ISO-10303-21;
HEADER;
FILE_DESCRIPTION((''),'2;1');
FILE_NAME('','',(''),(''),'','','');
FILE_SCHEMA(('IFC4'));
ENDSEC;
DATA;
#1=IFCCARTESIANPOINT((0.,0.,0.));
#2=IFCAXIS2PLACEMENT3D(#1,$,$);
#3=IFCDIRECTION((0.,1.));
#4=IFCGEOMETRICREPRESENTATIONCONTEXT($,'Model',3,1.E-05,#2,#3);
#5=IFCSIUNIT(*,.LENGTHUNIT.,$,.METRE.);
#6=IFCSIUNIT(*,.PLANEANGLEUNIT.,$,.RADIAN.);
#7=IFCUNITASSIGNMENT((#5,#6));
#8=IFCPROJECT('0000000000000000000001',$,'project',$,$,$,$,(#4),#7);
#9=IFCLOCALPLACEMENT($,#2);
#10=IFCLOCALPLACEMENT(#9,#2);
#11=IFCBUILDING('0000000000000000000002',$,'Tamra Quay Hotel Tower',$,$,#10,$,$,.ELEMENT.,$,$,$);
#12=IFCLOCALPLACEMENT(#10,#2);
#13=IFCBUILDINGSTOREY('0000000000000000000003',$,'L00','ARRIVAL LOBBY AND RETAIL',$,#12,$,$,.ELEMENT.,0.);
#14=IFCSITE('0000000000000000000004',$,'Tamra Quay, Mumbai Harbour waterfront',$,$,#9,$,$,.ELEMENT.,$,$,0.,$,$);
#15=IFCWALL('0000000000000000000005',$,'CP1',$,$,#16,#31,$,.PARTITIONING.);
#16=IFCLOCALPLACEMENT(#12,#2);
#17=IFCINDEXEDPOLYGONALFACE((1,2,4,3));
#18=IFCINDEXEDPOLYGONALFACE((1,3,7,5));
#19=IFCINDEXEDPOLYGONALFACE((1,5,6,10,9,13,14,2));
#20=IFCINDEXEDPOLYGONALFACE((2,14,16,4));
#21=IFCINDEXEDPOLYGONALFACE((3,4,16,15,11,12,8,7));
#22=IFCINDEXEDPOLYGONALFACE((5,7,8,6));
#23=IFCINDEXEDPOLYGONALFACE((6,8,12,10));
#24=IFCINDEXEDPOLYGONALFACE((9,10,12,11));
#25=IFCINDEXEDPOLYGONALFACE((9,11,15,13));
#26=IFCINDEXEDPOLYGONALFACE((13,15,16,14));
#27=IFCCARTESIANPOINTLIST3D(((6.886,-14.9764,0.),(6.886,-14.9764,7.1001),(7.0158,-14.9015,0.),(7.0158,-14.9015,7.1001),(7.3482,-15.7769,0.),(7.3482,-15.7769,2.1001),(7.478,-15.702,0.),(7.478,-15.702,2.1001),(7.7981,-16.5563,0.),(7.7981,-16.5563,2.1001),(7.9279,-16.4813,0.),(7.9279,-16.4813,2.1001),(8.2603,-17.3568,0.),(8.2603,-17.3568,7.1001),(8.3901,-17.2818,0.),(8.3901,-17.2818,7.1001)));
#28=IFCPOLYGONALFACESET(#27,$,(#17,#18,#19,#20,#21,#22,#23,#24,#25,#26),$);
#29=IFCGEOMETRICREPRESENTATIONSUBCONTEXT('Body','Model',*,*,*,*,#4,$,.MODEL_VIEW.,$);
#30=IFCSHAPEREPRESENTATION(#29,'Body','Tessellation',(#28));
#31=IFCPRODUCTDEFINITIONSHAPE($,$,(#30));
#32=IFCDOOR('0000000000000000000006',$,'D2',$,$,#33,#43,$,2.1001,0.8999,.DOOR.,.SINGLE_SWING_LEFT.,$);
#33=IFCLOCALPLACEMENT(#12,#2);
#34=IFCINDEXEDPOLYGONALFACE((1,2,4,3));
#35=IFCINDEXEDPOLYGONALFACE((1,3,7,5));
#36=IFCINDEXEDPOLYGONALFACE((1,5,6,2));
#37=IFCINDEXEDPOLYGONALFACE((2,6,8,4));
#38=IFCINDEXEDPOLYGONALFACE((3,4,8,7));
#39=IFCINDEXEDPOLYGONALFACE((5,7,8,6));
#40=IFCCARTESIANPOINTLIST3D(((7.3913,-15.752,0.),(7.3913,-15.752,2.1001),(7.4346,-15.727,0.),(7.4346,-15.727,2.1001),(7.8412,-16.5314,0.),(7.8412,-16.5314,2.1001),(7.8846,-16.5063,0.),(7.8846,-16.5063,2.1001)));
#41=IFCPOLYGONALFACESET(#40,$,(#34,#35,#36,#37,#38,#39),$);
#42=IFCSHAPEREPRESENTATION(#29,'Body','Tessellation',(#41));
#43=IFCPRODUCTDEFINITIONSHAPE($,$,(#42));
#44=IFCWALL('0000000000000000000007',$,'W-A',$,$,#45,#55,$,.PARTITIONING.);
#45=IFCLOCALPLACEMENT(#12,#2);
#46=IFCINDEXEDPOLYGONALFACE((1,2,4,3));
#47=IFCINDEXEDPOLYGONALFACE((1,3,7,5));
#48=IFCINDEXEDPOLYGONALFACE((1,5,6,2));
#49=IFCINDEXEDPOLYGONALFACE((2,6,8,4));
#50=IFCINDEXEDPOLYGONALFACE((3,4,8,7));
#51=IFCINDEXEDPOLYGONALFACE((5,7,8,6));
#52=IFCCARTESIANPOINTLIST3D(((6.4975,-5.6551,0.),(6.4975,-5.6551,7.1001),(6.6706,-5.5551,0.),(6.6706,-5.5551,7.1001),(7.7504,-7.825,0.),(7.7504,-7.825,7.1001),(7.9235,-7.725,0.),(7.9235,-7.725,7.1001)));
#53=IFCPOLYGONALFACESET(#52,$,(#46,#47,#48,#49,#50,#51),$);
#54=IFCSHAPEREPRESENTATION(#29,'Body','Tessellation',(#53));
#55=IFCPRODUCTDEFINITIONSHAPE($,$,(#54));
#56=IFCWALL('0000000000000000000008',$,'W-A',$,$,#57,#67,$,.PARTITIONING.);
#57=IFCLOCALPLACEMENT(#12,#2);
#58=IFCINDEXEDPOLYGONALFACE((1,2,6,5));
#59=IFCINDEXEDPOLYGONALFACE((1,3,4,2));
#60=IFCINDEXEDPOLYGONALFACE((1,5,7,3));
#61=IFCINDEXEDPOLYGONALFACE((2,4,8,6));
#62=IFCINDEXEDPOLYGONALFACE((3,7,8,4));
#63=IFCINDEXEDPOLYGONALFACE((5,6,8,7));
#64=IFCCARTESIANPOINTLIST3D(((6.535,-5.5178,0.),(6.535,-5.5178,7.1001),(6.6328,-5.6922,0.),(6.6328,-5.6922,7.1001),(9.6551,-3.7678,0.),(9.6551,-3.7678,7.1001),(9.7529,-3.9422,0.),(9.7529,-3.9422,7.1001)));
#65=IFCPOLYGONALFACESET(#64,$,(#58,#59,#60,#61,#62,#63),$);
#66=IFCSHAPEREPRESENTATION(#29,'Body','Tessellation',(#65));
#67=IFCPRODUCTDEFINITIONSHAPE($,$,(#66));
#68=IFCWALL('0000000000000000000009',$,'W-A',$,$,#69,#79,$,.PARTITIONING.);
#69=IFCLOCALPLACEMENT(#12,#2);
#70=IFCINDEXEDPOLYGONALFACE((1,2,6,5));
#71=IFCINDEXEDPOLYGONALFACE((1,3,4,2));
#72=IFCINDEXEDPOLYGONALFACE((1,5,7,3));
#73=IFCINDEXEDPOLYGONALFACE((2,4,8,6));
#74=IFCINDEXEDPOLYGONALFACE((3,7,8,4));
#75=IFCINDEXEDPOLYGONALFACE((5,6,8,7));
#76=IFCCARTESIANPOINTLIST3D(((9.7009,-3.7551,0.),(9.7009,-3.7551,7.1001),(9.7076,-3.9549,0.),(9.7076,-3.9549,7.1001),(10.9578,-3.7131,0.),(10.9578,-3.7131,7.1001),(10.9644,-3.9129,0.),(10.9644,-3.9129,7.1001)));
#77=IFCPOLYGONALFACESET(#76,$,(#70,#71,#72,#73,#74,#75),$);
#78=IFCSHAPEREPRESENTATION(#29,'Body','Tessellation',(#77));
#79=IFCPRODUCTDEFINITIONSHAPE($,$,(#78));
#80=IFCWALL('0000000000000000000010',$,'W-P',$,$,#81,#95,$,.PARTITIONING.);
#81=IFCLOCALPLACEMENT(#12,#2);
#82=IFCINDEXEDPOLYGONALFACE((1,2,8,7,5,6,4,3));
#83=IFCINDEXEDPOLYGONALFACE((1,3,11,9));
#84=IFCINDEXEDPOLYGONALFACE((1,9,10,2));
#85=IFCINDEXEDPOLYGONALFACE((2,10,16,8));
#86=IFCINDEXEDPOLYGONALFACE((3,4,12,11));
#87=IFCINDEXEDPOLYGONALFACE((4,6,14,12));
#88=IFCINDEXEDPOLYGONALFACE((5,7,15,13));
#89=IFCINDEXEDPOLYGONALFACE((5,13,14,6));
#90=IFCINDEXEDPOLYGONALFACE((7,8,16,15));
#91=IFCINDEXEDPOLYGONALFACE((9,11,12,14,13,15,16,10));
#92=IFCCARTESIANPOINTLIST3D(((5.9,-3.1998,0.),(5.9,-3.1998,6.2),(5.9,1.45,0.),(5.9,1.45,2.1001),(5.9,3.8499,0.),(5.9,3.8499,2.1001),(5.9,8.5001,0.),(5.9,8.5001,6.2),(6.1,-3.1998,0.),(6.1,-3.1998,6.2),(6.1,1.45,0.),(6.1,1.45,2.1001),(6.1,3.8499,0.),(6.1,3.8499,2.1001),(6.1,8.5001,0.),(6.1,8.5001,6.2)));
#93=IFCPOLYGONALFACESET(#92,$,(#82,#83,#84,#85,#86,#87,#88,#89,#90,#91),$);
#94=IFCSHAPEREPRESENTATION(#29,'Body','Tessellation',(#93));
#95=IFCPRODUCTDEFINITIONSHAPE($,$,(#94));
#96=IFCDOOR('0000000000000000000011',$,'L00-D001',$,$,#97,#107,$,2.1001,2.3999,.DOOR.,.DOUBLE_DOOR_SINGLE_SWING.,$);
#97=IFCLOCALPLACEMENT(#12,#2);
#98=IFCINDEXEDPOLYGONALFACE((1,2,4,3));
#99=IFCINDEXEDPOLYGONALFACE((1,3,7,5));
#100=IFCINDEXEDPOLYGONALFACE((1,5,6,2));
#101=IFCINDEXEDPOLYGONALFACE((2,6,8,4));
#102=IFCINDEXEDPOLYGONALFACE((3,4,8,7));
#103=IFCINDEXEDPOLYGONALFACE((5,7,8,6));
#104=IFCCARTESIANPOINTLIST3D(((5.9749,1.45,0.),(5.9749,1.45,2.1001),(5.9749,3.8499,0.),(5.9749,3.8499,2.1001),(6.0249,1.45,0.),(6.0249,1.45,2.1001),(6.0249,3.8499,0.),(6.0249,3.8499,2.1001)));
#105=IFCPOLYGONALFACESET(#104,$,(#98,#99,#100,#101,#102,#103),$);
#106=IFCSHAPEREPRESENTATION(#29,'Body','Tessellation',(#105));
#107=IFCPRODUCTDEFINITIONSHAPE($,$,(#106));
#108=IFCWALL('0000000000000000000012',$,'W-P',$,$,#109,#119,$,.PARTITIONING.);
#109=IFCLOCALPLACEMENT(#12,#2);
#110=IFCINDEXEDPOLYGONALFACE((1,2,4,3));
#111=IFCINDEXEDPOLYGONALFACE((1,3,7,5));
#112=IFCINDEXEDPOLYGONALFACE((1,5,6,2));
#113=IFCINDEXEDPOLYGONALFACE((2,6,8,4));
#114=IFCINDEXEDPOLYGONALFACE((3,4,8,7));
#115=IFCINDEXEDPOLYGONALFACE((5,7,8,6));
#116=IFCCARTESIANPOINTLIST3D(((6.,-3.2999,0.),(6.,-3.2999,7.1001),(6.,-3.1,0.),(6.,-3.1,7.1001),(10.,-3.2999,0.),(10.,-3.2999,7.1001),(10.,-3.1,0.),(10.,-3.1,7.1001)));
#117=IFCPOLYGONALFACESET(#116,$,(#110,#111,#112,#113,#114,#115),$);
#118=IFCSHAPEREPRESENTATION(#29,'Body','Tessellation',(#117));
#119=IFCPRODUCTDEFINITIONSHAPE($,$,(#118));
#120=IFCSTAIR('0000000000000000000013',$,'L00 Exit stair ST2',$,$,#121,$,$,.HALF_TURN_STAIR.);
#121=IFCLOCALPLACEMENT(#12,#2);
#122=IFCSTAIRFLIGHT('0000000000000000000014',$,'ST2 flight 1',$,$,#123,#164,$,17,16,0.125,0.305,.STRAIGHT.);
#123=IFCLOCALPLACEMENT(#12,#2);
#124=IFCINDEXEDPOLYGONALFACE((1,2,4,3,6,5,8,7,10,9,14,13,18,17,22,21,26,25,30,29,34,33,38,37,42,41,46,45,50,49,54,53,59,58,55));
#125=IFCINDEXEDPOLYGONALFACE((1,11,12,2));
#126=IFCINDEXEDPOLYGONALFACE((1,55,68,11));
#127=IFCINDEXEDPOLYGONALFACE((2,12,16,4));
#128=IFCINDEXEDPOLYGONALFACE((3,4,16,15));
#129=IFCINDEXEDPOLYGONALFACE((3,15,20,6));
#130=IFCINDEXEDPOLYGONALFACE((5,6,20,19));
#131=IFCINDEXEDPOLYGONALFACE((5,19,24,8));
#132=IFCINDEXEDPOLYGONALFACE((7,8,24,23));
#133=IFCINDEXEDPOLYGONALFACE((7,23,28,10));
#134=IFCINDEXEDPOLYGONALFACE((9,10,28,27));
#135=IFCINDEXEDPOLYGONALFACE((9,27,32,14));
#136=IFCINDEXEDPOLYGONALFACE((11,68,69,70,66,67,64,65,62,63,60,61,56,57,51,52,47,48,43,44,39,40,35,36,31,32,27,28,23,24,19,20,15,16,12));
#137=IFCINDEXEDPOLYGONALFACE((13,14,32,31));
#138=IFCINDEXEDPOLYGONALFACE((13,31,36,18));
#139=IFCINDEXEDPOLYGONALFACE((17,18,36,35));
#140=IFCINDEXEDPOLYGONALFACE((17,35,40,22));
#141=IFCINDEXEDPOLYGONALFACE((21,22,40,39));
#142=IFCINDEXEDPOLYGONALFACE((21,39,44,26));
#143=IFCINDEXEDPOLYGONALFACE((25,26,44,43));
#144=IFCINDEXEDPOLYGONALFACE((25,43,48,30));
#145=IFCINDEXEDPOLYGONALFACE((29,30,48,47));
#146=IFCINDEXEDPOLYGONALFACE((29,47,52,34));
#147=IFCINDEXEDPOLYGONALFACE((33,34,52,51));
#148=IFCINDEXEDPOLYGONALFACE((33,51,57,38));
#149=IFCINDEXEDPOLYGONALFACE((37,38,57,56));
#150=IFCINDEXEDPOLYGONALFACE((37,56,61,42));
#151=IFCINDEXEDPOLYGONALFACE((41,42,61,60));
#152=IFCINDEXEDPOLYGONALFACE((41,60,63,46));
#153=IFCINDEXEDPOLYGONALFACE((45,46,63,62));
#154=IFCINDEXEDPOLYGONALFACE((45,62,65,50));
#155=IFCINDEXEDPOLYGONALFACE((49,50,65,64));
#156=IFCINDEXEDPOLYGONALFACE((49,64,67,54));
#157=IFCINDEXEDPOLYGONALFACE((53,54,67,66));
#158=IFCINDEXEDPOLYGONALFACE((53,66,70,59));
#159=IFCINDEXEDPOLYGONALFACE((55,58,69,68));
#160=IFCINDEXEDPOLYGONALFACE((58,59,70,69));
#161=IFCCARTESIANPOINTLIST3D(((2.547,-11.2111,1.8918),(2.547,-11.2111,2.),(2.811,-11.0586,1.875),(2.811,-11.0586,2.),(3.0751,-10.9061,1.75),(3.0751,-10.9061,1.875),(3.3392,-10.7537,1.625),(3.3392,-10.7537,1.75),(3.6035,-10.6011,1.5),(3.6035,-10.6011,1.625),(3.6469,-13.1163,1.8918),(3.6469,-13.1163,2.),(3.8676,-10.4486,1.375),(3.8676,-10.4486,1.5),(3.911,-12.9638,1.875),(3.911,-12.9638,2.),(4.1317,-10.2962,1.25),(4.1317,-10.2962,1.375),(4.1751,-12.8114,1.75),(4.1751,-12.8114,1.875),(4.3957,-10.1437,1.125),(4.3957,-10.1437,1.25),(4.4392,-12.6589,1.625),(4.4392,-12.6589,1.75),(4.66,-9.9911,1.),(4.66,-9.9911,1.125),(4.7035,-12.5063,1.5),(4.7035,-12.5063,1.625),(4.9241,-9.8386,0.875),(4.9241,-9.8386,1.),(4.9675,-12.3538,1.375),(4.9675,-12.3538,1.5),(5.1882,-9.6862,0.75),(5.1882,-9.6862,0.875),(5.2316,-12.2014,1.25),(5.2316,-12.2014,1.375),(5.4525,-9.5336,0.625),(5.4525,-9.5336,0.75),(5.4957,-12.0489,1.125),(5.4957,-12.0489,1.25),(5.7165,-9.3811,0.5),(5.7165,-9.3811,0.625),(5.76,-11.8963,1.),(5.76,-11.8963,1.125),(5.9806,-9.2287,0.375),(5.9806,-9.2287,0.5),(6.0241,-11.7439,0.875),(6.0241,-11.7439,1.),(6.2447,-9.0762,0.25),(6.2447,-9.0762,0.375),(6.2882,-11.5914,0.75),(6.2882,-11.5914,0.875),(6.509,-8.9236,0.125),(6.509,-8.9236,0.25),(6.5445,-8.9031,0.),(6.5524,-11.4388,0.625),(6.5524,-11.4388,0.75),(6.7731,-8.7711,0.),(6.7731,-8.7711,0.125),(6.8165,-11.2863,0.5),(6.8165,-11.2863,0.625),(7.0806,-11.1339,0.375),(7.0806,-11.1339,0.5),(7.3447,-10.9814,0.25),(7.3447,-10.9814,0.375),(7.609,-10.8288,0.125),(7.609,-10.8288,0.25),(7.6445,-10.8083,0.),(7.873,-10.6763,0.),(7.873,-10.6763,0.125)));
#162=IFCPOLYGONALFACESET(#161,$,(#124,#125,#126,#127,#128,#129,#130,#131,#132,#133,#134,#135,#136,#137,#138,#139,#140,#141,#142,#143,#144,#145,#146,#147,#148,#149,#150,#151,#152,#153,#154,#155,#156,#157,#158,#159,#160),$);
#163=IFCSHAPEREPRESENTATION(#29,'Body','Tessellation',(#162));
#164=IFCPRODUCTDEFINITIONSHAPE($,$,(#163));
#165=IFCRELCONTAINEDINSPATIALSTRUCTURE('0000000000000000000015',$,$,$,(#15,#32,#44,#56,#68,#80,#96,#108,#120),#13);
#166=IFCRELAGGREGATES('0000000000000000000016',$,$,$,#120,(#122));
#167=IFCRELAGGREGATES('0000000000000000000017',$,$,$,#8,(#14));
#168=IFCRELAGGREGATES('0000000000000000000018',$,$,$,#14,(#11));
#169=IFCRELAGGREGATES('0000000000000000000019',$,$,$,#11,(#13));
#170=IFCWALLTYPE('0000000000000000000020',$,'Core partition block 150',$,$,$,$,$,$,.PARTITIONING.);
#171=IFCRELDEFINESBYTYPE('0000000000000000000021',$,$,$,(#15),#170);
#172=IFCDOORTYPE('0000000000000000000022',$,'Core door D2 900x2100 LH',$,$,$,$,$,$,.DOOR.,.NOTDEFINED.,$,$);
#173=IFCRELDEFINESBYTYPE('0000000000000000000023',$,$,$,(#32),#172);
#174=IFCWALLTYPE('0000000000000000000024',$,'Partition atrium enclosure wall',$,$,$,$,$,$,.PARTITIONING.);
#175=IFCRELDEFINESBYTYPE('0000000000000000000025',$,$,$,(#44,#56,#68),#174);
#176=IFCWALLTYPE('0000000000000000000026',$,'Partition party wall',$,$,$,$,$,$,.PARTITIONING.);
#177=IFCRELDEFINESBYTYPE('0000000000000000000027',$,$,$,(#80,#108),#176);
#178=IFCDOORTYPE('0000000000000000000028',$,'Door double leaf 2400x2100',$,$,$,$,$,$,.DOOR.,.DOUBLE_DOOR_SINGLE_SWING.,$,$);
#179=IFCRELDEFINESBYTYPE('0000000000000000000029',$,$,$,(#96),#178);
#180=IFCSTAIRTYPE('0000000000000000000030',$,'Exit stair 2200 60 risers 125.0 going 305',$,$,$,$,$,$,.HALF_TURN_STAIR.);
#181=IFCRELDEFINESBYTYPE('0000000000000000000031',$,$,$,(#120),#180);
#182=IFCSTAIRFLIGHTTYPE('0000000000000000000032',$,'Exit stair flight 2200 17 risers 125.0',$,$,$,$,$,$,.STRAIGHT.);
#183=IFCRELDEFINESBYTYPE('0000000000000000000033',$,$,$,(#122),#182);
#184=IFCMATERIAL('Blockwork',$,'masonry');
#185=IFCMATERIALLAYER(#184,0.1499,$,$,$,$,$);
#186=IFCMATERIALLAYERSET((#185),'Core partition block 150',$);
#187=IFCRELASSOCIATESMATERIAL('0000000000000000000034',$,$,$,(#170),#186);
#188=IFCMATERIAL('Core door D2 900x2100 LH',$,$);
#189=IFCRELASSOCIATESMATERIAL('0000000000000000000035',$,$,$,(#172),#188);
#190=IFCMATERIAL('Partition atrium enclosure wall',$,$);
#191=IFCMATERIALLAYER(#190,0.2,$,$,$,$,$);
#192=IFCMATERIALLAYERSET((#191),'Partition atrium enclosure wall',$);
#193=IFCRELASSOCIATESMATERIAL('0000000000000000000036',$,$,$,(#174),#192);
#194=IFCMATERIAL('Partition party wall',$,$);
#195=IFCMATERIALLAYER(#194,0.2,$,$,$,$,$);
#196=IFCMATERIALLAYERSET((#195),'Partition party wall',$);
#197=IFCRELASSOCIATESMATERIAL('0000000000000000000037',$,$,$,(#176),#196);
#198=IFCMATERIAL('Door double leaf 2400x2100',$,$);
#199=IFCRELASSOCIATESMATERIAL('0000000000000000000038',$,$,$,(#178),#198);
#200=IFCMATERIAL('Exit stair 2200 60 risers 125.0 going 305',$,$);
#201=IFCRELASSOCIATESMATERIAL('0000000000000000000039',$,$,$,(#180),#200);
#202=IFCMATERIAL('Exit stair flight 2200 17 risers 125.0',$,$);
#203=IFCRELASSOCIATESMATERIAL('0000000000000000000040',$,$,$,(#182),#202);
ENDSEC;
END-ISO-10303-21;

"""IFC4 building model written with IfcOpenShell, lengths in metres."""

from ifc_helpers import new_model, si_unit, direction, frame, frame_2d, origin, place, context, subcontext, project, spatial, polyline, rectangle, outline, extrude, material, layer, layer_set, type_object, element, fill, aggregate, save


model = new_model("IFC4")

# Units and contexts
model_context = context("Model", 3, precision=1e-05, world=origin(), true_north=direction((0.0, 1.0)))
body_context = subcontext(model_context, "Body", "Model", "MODEL_VIEW")
ifc_project = project(units=[si_unit("LENGTHUNIT", "METRE"), si_unit("PLANEANGLEUNIT", "RADIAN")], contexts=[model_context])

# Site, building, storey
site_placement = place(None, origin())
site = spatial("IfcSite", under=ifc_project, at=site_placement, Name="Tamra Quay, Mumbai Harbour waterfront", CompositionType="ELEMENT", RefElevation=0.0)
building_placement = place(site_placement, origin())
building = spatial("IfcBuilding", under=site, at=building_placement, Name="Tamra Quay Hotel Tower", CompositionType="ELEMENT")
storey_placement = place(building_placement, origin())
storey = spatial("IfcBuildingStorey", under=building, at=storey_placement, Name="L00", Description="ARRIVAL LOBBY AND RETAIL", CompositionType="ELEMENT", Elevation=0.0)

# Shared definitions
ifc_material_1 = material(Name="Blockwork", Category="masonry")
ifc_layer_1 = layer(ifc_material_1, 0.1499)
ifc_layer_set_1 = layer_set([ifc_layer_1], Name="Core partition block 150")
wall_type_1 = type_object("IfcWallType", Name="Core partition block 150", PredefinedType="PARTITIONING", material=ifc_layer_set_1)

# Wall, opening, door
wall_1_placement = place(storey_placement, frame((6.9509, -14.939, 0.0), z_axis=(0.0, 0.0, 1.0), x_axis=(0.499989, -0.866032, 0.0)))
wall_1 = element("IfcWall", 1, at=wall_1_placement, inside=storey, type_object=wall_type_1, Name="CP1", PredefinedType="PARTITIONING", context=body_context, shape_type="SweptSolid", body=[
    extrude(rectangle(XDim=2.7485, YDim=0.1499, at=frame_2d((1.3743, 0.0))), origin(), (0.0, 0.0, 1.0), 7.1001),
])
opening_1_placement = place(wall_1_placement, frame((0.9243, 0.0, 0.0)))
opening_1 = element("IfcOpeningElement", 2, at=opening_1_placement, cuts=wall_1, PredefinedType="OPENING", context=body_context, shape_type="SweptSolid", body=[
    extrude(rectangle(XDim=0.8999, YDim=2.1001, at=frame_2d((0.45, 1.05))), frame((0.0, 0.085, 0.0), z_axis=(0.0, -1.0, 0.0), x_axis=(1.0, 0.0, 0.0)), (0.0, 0.0, 1.0), 0.1699),
])
ifc_material_2 = material(Name="Core door D2 900x2100 LH")
door_type_1 = type_object("IfcDoorType", Name="Core door D2 900x2100 LH", OperationType="NOTDEFINED", PredefinedType="DOOR", material=ifc_material_2)
door_1_placement = place(opening_1_placement, origin())
door_1 = element("IfcDoor", 3, at=door_1_placement, inside=storey, type_object=door_type_1, Name="D2", OperationType="SINGLE_SWING_LEFT", OverallHeight=2.1001, OverallWidth=0.8999, PredefinedType="DOOR", context=body_context, shape_type="SweptSolid", body=[
    extrude(rectangle(XDim=0.8999, YDim=2.1001, at=frame_2d((0.45, 1.05))), frame((0.0, 0.0249, 0.0), z_axis=(0.0, -1.0, 0.0), x_axis=(1.0, 0.0, 0.0)), (0.0, 0.0, 1.0), 0.05),
])
fill(opening_1, door_1)

# Walls
ifc_material_3 = material(Name="Partition atrium enclosure wall")
ifc_layer_2 = layer(ifc_material_3, 0.2)
ifc_layer_set_2 = layer_set([ifc_layer_2], Name="Partition atrium enclosure wall")
wall_type_2 = type_object("IfcWallType", Name="Partition atrium enclosure wall", PredefinedType="PARTITIONING", material=ifc_layer_set_2)
wall_2_placement = place(storey_placement, frame((6.584, -5.605, 0.0), z_axis=(0.0, 0.0, 1.0), x_axis=(0.500037, -0.866004, 0.0)))
element("IfcWall", 4, at=wall_2_placement, inside=storey, type_object=wall_type_2, Name="W-A", PredefinedType="PARTITIONING", context=body_context, shape_type="SweptSolid", body=[
    extrude(rectangle(XDim=2.5056, YDim=0.2, at=frame_2d((1.2529, 0.0))), origin(), (0.0, 0.0, 1.0), 7.1001),
])
wall_3_placement = place(storey_placement, frame((6.584, -5.605, 0.0), z_axis=(0.0, 0.0, 1.0), x_axis=(0.87218, 0.489185, 0.0)))
element("IfcWall", 5, at=wall_3_placement, inside=storey, type_object=wall_type_2, Name="W-A", PredefinedType="PARTITIONING", context=body_context, shape_type="SweptSolid", body=[
    extrude(rectangle(XDim=3.5774, YDim=0.2, at=frame_2d((1.7886, 0.0))), origin(), (0.0, 0.0, 1.0), 7.1001),
])
wall_4_placement = place(storey_placement, frame((9.7041, -3.855, 0.0), z_axis=(0.0, 0.0, 1.0), x_axis=(0.999442, 0.033392, 0.0)))
element("IfcWall", 6, at=wall_4_placement, inside=storey, type_object=wall_type_2, Name="W-A", PredefinedType="PARTITIONING", context=body_context, shape_type="SweptSolid", body=[
    extrude(rectangle(XDim=1.2576, YDim=0.2, at=frame_2d((0.6289, 0.0))), origin(), (0.0, 0.0, 1.0), 7.1001),
])

# Wall, opening, door
ifc_material_4 = material(Name="Partition party wall")
ifc_layer_3 = layer(ifc_material_4, 0.2)
ifc_layer_set_3 = layer_set([ifc_layer_3], Name="Partition party wall")
wall_type_3 = type_object("IfcWallType", Name="Partition party wall", PredefinedType="PARTITIONING", material=ifc_layer_set_3)
wall_5_placement = place(storey_placement, frame((6.0, -3.2, 0.0), z_axis=(0.0, 0.0, 1.0), x_axis=(0.0, 1.0, 0.0)))
wall_5 = element("IfcWall", 7, at=wall_5_placement, inside=storey, type_object=wall_type_3, Name="W-P", PredefinedType="PARTITIONING", context=body_context, shape_type="SweptSolid", body=[
    extrude(rectangle(XDim=11.7, YDim=0.2, at=frame_2d((5.8501, 0.0))), origin(), (0.0, 0.0, 1.0), 6.2),
])
opening_2_placement = place(wall_5_placement, frame((4.6499, 0.0, 0.0)))
opening_2 = element("IfcOpeningElement", 8, at=opening_2_placement, cuts=wall_5, PredefinedType="OPENING", context=body_context, shape_type="SweptSolid", body=[
    extrude(rectangle(XDim=2.3999, YDim=2.1001, at=frame_2d((1.2, 1.05))), frame((0.0, 0.1099, 0.0), z_axis=(0.0, -1.0, 0.0), x_axis=(1.0, 0.0, 0.0)), (0.0, 0.0, 1.0), 0.22),
])
ifc_material_5 = material(Name="Door double leaf 2400x2100")
door_type_2 = type_object("IfcDoorType", Name="Door double leaf 2400x2100", OperationType="DOUBLE_DOOR_SINGLE_SWING", PredefinedType="DOOR", material=ifc_material_5)
door_2_placement = place(opening_2_placement, frame((2.3999, 0.0, 0.0), z_axis=(0.0, 0.0, 1.0), x_axis=(-1.0, 0.0, 0.0)))
door_2 = element("IfcDoor", 9, at=door_2_placement, inside=storey, type_object=door_type_2, Name="L00-D001", OperationType="DOUBLE_DOOR_SINGLE_SWING", OverallHeight=2.1001, OverallWidth=2.3999, PredefinedType="DOOR", context=body_context, shape_type="SweptSolid", body=[
    extrude(rectangle(XDim=2.3999, YDim=2.1001, at=frame_2d((1.2, 1.05))), frame((0.0, 0.0249, 0.0), z_axis=(0.0, -1.0, 0.0), x_axis=(1.0, 0.0, 0.0)), (0.0, 0.0, 1.0), 0.05),
])
fill(opening_2, door_2)

# Wall
wall_6_placement = place(storey_placement, frame((6.0, -3.2, 0.0), z_axis=(0.0, 0.0, 1.0), x_axis=(1.0, 0.0, 0.0)))
element("IfcWall", 10, at=wall_6_placement, inside=storey, type_object=wall_type_3, Name="W-P", PredefinedType="PARTITIONING", context=body_context, shape_type="SweptSolid", body=[
    extrude(rectangle(XDim=4.0, YDim=0.2, at=frame_2d((2.0, 0.0))), origin(), (0.0, 0.0, 1.0), 7.1001),
])

# Stair, stair flight
ifc_material_6 = material(Name="Exit stair 2200 60 risers 125.0 going 305")
stair_type = type_object("IfcStairType", Name="Exit stair 2200 60 risers 125.0 going 305", PredefinedType="HALF_TURN_STAIR", material=ifc_material_6)
stair_placement = place(storey_placement, origin())
stair = element("IfcStair", 11, at=stair_placement, inside=storey, type_object=stair_type, Name="L00 Exit stair ST2", PredefinedType="HALF_TURN_STAIR")
ifc_material_7 = material(Name="Exit stair flight 2200 17 risers 125.0")
stair_flight_type = type_object("IfcStairFlightType", Name="Exit stair flight 2200 17 risers 125.0", PredefinedType="STRAIGHT", material=ifc_material_7)
stair_flight_1_placement = place(storey_placement, frame((7.323, -9.7236, 0.0), z_axis=(0.0, 0.0, 1.0), x_axis=(-0.866025, -0.5, 0.0)))
stair_flight_1 = element("IfcStairFlight", 12, at=stair_flight_1_placement, type_object=stair_flight_type, Name="ST2 flight 1", NumberOfRisers=17, NumberOfTreads=16, PredefinedType="STRAIGHT", RiserHeight=0.125, TreadLength=0.305, context=body_context, shape_type="SweptSolid", body=[
    extrude(outline(polyline([(0.0, 0.0), (0.0, 0.125), (0.3049, 0.125), (0.3049, 0.25), (0.6101, 0.25), (0.6101, 0.375), (0.915, 0.375), (0.915, 0.5), (1.22, 0.5), (1.22, 0.625), (1.5249, 0.625), (1.5249, 0.75), (1.8301, 0.75), (1.8301, 0.875), (2.135, 0.875), (2.135, 1.0), (2.4399, 1.0), (2.4399, 1.125), (2.7451, 1.125), (2.7451, 1.25), (3.05, 1.25), (3.05, 1.375), (3.355, 1.375), (3.355, 1.5), (3.6599, 1.5), (3.6599, 1.625), (3.9651, 1.625), (3.9651, 1.75), (4.27, 1.75), (4.27, 1.875), (4.575, 1.875), (4.575, 2.0), (4.8799, 2.0), (4.8799, 2.125), (4.8799, 1.8918), (0.2639, 0.0), (0.0, 0.0)])), frame((0.0, 1.1001, 0.0), z_axis=(0.0, -1.0, 0.0), x_axis=(1.0, 0.0, 0.0)), (0.0, 0.0, 1.0), 2.2),
])
aggregate(stair, [stair_flight_1])

save(model, "model.ifc")
